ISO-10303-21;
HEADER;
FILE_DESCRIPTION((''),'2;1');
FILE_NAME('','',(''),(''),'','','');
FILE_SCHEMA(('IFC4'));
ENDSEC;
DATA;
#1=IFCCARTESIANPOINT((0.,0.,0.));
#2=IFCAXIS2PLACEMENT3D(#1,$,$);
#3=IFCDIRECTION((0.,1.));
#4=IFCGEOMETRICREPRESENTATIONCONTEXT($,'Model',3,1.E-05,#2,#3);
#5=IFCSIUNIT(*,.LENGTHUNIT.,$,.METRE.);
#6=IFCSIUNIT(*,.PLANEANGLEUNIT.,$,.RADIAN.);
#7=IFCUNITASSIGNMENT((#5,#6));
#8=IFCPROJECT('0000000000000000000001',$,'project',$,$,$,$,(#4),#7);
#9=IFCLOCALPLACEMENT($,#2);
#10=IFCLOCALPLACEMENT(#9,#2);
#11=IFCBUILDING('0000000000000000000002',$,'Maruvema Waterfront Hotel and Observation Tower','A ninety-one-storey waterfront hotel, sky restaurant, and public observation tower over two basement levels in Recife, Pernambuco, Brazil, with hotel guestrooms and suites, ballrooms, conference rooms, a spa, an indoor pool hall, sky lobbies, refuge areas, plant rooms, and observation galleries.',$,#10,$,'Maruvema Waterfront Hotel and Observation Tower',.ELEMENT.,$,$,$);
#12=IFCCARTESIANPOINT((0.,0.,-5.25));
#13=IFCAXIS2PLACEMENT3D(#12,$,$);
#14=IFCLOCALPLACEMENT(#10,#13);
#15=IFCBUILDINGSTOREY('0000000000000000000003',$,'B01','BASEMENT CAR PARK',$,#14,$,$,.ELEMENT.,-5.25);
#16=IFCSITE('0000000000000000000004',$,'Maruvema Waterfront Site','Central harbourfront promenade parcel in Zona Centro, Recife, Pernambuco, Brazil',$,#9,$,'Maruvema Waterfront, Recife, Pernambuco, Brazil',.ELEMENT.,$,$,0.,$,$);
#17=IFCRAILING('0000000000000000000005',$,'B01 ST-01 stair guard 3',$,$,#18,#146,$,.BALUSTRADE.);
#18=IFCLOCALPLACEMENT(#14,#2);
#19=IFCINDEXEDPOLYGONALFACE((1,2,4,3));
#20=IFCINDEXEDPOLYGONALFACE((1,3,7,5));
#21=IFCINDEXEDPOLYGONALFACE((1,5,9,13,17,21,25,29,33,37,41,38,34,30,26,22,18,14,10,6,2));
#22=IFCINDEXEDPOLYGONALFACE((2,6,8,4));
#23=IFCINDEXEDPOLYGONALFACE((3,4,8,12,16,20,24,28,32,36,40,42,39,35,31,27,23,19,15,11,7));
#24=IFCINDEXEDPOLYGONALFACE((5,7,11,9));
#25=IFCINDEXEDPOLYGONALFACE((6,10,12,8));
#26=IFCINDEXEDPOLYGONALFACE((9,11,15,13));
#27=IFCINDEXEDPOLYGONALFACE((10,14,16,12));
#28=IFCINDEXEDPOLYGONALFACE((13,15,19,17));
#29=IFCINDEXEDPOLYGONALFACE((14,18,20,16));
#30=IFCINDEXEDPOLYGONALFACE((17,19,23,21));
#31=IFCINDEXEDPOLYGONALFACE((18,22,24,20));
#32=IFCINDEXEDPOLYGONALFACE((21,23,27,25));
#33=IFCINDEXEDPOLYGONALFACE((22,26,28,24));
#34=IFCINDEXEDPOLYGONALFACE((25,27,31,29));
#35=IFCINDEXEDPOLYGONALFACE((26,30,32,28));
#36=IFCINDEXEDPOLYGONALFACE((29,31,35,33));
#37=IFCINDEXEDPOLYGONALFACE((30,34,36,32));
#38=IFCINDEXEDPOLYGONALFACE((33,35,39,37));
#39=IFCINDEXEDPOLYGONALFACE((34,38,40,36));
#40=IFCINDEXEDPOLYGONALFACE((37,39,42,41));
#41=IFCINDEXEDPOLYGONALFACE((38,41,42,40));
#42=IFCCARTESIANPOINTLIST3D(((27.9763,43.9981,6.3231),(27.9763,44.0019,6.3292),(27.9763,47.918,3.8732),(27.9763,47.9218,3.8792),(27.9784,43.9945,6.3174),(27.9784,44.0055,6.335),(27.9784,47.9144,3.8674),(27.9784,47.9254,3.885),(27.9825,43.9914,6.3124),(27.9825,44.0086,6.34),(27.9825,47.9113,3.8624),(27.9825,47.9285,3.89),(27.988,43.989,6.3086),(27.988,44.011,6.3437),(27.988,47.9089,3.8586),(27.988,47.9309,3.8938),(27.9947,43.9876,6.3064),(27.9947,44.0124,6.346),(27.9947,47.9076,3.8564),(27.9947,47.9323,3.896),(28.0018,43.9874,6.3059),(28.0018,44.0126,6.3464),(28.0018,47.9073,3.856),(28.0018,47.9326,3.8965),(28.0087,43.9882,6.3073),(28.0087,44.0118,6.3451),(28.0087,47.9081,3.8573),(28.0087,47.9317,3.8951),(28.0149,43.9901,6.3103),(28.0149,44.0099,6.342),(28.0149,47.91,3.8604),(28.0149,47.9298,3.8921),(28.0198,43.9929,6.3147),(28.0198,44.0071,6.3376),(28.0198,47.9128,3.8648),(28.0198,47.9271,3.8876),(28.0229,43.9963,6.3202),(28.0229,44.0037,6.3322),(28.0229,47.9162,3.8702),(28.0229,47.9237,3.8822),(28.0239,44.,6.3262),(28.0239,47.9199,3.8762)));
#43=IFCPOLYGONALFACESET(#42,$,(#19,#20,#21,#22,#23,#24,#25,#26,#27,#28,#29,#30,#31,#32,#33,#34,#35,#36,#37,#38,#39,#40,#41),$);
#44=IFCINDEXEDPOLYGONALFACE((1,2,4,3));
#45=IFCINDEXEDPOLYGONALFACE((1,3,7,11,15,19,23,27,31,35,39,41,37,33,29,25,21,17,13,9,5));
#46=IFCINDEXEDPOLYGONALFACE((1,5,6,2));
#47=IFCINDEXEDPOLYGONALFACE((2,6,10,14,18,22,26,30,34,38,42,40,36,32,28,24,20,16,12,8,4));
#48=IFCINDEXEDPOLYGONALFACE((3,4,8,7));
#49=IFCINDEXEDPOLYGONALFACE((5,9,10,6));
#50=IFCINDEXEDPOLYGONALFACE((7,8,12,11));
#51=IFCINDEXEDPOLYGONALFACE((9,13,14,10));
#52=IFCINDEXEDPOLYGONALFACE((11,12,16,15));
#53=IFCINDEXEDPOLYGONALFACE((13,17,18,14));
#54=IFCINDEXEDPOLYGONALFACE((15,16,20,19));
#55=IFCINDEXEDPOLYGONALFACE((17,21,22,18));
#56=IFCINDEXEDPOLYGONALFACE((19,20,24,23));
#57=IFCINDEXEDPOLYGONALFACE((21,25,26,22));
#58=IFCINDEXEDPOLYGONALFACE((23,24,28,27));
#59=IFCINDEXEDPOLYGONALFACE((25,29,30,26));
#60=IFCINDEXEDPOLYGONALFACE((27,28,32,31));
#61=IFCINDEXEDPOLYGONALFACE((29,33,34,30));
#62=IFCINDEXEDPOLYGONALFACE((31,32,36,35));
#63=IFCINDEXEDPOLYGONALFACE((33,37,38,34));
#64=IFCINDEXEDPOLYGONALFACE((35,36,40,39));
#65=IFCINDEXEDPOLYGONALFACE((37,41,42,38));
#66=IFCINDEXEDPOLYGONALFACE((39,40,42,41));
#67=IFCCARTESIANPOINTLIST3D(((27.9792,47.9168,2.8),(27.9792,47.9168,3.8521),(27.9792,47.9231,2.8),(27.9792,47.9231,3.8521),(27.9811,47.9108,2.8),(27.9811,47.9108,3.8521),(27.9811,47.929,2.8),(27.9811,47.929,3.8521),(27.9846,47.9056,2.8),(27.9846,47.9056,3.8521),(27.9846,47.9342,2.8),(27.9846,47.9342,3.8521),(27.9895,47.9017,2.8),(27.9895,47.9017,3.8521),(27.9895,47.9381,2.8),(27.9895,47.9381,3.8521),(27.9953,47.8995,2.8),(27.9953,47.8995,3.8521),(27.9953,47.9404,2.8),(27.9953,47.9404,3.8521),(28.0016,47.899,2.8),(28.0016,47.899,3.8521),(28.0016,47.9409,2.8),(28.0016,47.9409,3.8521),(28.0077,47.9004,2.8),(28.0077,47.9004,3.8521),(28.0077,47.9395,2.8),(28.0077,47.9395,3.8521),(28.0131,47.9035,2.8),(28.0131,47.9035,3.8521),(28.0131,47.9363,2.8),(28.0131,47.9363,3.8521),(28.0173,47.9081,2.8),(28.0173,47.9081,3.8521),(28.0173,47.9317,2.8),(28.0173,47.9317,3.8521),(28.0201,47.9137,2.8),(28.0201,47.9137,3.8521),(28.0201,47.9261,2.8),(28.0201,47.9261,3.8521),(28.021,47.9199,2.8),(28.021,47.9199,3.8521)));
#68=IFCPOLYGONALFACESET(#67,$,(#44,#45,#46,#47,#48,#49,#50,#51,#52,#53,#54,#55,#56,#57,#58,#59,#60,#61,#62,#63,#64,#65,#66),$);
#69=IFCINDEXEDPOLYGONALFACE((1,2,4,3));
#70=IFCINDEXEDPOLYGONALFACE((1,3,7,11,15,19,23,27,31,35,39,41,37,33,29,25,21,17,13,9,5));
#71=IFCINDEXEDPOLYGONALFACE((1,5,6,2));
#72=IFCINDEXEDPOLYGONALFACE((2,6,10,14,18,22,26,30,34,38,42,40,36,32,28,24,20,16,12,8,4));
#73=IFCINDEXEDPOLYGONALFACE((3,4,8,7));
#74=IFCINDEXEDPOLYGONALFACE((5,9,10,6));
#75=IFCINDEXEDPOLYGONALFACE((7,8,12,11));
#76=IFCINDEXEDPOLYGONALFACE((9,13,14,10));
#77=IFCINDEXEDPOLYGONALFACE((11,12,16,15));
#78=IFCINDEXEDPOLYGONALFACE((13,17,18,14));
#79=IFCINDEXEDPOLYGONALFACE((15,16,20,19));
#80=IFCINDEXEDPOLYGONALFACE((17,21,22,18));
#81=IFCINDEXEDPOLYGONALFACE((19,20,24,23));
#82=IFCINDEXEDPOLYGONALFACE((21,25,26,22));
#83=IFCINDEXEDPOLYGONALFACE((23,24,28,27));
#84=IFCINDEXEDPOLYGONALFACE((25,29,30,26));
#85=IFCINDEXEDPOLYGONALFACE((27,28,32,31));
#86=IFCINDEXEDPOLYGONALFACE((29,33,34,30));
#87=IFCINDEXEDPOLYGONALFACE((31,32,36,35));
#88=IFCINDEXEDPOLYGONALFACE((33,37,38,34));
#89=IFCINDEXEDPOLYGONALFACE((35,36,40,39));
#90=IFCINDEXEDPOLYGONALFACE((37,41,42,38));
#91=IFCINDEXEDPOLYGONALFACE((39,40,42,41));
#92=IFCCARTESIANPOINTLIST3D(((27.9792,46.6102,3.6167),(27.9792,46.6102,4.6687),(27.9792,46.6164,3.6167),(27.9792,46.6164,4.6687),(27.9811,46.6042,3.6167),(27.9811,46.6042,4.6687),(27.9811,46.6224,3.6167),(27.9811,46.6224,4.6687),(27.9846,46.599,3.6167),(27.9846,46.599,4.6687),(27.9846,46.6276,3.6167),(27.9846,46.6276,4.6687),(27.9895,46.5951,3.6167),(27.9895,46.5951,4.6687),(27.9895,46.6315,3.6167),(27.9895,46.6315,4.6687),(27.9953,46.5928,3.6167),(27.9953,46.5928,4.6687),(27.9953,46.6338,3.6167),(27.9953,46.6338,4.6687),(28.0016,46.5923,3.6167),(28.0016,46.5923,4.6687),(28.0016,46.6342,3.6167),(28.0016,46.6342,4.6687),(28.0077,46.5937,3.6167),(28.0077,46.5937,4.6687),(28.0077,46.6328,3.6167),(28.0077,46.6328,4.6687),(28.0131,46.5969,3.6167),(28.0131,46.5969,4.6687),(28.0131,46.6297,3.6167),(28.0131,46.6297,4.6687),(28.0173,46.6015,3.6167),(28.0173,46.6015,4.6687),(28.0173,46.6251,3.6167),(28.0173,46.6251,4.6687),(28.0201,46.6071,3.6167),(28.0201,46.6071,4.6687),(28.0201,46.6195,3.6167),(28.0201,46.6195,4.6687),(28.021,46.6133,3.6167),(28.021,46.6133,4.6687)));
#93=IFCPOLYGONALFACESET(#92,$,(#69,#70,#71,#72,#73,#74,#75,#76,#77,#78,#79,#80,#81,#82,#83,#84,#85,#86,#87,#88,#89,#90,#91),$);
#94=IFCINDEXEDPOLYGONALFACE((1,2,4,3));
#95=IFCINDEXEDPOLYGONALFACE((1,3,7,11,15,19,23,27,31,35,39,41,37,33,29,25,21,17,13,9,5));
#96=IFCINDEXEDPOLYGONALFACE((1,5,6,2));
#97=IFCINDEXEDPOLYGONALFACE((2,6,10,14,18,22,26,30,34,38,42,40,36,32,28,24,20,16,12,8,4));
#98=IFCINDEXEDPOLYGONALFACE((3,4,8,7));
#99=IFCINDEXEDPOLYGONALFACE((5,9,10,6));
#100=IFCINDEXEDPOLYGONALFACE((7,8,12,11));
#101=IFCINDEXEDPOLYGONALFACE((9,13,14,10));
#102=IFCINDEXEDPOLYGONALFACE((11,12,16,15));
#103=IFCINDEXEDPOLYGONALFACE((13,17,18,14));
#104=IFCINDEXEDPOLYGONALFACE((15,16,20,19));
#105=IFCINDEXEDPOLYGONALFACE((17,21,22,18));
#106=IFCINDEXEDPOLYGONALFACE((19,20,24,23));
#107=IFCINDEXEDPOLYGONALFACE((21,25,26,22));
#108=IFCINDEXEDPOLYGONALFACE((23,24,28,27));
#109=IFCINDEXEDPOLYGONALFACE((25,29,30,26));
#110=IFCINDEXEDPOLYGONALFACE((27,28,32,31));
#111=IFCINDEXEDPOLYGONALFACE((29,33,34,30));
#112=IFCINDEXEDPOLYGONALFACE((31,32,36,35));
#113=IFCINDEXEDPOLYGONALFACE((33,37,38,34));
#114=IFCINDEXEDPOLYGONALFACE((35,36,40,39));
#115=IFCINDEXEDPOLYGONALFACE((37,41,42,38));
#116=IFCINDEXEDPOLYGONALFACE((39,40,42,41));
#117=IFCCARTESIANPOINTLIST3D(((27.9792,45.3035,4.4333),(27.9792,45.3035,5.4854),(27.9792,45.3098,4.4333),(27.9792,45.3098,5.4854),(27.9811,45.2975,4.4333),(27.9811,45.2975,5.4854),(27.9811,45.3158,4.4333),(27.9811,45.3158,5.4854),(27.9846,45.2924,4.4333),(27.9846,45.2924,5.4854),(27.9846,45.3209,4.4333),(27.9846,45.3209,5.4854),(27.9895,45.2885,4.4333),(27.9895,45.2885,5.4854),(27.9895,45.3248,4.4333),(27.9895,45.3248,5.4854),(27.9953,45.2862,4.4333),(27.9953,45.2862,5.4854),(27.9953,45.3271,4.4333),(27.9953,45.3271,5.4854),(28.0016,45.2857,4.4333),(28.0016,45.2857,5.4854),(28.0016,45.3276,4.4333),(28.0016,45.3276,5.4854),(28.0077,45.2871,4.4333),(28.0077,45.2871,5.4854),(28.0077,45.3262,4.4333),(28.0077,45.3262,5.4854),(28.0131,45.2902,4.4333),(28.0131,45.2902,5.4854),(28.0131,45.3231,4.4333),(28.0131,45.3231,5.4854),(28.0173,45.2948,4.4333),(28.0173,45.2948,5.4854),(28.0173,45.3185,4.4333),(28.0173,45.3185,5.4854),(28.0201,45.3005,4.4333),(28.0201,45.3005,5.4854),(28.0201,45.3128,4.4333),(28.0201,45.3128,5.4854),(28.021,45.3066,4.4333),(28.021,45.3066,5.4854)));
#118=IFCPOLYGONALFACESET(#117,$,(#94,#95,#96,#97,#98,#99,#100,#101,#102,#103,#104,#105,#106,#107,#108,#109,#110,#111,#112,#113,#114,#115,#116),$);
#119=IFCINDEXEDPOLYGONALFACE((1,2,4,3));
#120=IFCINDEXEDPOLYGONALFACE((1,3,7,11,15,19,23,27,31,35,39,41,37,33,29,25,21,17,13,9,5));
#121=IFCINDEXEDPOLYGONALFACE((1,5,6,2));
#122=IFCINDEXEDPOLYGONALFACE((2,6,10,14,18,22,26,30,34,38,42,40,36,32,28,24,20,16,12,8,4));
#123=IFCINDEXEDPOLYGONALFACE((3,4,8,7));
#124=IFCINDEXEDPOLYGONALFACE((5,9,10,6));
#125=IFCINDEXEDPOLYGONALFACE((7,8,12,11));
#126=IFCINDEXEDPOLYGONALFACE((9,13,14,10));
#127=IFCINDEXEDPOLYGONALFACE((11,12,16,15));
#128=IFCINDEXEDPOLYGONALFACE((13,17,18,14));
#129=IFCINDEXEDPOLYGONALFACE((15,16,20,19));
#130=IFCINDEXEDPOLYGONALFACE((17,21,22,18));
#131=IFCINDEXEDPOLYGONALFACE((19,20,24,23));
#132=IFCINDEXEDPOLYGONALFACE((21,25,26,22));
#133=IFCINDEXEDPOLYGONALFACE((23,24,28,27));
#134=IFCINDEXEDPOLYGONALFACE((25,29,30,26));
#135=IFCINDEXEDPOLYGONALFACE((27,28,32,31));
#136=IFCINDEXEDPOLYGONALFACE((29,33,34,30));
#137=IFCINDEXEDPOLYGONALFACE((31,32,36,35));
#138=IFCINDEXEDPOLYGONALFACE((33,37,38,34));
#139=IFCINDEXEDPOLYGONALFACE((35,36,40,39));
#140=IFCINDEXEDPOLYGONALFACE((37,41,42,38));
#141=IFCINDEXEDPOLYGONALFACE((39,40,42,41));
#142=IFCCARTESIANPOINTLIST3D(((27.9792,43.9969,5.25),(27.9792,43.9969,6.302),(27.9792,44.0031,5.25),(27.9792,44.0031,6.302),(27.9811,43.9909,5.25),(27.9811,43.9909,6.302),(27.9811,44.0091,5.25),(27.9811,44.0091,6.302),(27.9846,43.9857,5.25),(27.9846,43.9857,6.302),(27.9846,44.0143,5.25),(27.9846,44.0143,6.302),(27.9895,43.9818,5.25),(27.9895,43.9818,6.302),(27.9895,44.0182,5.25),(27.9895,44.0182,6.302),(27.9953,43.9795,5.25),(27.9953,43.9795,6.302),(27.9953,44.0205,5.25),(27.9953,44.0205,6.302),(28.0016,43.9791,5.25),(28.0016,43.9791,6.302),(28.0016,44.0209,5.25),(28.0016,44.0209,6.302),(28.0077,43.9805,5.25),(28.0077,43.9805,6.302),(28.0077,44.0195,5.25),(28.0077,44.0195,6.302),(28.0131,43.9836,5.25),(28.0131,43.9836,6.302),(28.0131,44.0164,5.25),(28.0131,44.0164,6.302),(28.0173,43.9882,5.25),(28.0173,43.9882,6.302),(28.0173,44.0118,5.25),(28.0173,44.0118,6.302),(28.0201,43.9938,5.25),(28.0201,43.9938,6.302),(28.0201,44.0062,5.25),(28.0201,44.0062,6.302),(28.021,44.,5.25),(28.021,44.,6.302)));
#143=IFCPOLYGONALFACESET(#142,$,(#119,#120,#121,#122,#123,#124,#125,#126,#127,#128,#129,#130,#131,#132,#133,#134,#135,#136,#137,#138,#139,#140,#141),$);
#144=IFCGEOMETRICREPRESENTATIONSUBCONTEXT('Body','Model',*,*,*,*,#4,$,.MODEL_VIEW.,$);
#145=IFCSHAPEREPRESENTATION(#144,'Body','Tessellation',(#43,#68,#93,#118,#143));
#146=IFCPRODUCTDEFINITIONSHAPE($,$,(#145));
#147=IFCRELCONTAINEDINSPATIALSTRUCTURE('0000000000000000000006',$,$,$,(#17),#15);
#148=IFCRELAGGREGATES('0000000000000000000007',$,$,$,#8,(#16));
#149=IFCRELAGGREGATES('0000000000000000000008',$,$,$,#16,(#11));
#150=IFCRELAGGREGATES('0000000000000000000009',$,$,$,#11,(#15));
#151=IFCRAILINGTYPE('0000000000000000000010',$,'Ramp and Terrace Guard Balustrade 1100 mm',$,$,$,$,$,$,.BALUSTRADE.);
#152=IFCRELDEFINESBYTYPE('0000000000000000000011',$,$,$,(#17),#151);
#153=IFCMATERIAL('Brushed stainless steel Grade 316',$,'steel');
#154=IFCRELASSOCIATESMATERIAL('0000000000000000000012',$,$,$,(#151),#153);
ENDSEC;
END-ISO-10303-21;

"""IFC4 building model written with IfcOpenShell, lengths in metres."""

from ifc_helpers import new_model, si_unit, direction, frame, origin, origin_2d, place, context, subcontext, project, spatial, circle, extrude, material, type_object, element, save


model = new_model("IFC4")

# Units and contexts
model_context = context("Model", 3, precision=1e-05, world=origin(), true_north=direction((0.0, 1.0)))
body_context = subcontext(model_context, "Body", "Model", "MODEL_VIEW")
ifc_project = project(units=[si_unit("LENGTHUNIT", "METRE"), si_unit("PLANEANGLEUNIT", "RADIAN")], contexts=[model_context])

# Site, building, storey
site_placement = place(None, origin())
site = spatial("IfcSite", under=ifc_project, at=site_placement, Name="Maruvema Waterfront Site", Description="Central harbourfront promenade parcel in Zona Centro, Recife, Pernambuco, Brazil", LongName="Maruvema Waterfront, Recife, Pernambuco, Brazil", CompositionType="ELEMENT", RefElevation=0.0)
building_placement = place(site_placement, origin())
building = spatial("IfcBuilding", under=site, at=building_placement, Name="Maruvema Waterfront Hotel and Observation Tower", Description="A ninety-one-storey waterfront hotel, sky restaurant, and public observation tower over two basement levels in Recife, Pernambuco, Brazil, with hotel guestrooms and suites, ballrooms, conference rooms, a spa, an indoor pool hall, sky lobbies, refuge areas, plant rooms, and observation galleries.", LongName="Maruvema Waterfront Hotel and Observation Tower", CompositionType="ELEMENT")
storey_placement = place(building_placement, frame((0.0, 0.0, -5.25)))
storey = spatial("IfcBuildingStorey", under=building, at=storey_placement, Name="B01", Description="BASEMENT CAR PARK", CompositionType="ELEMENT", Elevation=-5.25)

# Railing
ifc_material_1 = material(Name="Brushed stainless steel Grade 316", Category="steel")
railing_type_1 = type_object("IfcRailingType", Name="Ramp and Terrace Guard Balustrade 1100 mm", PredefinedType="BALUSTRADE", material=ifc_material_1)
railing_1_placement = place(storey_placement, frame((28.0, 47.9199, 2.8)))
element("IfcRailing", 1, at=railing_1_placement, inside=storey, type_object=railing_type_1, Name="B01 ST-01 stair guard 3", PredefinedType="BALUSTRADE", context=body_context, shape_type="SweptSolid", body=[
    extrude(circle(Radius=0.0239, at=origin_2d()), frame((0.0, 0.0, 1.0762), z_axis=(0.0, -0.847998, 0.529999), x_axis=(1.0, 0.0, 0.0)), (0.0, 0.0, 1.0), 4.6226),
    extrude(circle(Radius=0.021, at=origin_2d()), origin(), (0.0, 0.0, 1.0), 1.052),
    extrude(circle(Radius=0.021, at=origin_2d()), frame((0.0, -1.3066, 0.8167)), (0.0, 0.0, 1.0), 1.052),
    extrude(circle(Radius=0.021, at=origin_2d()), frame((0.0, -2.6133, 1.6333)), (0.0, 0.0, 1.0), 1.052),
    extrude(circle(Radius=0.021, at=origin_2d()), frame((0.0, -3.9199, 2.45)), (0.0, 0.0, 1.0), 1.052),
])

save(model, "model.ifc")
